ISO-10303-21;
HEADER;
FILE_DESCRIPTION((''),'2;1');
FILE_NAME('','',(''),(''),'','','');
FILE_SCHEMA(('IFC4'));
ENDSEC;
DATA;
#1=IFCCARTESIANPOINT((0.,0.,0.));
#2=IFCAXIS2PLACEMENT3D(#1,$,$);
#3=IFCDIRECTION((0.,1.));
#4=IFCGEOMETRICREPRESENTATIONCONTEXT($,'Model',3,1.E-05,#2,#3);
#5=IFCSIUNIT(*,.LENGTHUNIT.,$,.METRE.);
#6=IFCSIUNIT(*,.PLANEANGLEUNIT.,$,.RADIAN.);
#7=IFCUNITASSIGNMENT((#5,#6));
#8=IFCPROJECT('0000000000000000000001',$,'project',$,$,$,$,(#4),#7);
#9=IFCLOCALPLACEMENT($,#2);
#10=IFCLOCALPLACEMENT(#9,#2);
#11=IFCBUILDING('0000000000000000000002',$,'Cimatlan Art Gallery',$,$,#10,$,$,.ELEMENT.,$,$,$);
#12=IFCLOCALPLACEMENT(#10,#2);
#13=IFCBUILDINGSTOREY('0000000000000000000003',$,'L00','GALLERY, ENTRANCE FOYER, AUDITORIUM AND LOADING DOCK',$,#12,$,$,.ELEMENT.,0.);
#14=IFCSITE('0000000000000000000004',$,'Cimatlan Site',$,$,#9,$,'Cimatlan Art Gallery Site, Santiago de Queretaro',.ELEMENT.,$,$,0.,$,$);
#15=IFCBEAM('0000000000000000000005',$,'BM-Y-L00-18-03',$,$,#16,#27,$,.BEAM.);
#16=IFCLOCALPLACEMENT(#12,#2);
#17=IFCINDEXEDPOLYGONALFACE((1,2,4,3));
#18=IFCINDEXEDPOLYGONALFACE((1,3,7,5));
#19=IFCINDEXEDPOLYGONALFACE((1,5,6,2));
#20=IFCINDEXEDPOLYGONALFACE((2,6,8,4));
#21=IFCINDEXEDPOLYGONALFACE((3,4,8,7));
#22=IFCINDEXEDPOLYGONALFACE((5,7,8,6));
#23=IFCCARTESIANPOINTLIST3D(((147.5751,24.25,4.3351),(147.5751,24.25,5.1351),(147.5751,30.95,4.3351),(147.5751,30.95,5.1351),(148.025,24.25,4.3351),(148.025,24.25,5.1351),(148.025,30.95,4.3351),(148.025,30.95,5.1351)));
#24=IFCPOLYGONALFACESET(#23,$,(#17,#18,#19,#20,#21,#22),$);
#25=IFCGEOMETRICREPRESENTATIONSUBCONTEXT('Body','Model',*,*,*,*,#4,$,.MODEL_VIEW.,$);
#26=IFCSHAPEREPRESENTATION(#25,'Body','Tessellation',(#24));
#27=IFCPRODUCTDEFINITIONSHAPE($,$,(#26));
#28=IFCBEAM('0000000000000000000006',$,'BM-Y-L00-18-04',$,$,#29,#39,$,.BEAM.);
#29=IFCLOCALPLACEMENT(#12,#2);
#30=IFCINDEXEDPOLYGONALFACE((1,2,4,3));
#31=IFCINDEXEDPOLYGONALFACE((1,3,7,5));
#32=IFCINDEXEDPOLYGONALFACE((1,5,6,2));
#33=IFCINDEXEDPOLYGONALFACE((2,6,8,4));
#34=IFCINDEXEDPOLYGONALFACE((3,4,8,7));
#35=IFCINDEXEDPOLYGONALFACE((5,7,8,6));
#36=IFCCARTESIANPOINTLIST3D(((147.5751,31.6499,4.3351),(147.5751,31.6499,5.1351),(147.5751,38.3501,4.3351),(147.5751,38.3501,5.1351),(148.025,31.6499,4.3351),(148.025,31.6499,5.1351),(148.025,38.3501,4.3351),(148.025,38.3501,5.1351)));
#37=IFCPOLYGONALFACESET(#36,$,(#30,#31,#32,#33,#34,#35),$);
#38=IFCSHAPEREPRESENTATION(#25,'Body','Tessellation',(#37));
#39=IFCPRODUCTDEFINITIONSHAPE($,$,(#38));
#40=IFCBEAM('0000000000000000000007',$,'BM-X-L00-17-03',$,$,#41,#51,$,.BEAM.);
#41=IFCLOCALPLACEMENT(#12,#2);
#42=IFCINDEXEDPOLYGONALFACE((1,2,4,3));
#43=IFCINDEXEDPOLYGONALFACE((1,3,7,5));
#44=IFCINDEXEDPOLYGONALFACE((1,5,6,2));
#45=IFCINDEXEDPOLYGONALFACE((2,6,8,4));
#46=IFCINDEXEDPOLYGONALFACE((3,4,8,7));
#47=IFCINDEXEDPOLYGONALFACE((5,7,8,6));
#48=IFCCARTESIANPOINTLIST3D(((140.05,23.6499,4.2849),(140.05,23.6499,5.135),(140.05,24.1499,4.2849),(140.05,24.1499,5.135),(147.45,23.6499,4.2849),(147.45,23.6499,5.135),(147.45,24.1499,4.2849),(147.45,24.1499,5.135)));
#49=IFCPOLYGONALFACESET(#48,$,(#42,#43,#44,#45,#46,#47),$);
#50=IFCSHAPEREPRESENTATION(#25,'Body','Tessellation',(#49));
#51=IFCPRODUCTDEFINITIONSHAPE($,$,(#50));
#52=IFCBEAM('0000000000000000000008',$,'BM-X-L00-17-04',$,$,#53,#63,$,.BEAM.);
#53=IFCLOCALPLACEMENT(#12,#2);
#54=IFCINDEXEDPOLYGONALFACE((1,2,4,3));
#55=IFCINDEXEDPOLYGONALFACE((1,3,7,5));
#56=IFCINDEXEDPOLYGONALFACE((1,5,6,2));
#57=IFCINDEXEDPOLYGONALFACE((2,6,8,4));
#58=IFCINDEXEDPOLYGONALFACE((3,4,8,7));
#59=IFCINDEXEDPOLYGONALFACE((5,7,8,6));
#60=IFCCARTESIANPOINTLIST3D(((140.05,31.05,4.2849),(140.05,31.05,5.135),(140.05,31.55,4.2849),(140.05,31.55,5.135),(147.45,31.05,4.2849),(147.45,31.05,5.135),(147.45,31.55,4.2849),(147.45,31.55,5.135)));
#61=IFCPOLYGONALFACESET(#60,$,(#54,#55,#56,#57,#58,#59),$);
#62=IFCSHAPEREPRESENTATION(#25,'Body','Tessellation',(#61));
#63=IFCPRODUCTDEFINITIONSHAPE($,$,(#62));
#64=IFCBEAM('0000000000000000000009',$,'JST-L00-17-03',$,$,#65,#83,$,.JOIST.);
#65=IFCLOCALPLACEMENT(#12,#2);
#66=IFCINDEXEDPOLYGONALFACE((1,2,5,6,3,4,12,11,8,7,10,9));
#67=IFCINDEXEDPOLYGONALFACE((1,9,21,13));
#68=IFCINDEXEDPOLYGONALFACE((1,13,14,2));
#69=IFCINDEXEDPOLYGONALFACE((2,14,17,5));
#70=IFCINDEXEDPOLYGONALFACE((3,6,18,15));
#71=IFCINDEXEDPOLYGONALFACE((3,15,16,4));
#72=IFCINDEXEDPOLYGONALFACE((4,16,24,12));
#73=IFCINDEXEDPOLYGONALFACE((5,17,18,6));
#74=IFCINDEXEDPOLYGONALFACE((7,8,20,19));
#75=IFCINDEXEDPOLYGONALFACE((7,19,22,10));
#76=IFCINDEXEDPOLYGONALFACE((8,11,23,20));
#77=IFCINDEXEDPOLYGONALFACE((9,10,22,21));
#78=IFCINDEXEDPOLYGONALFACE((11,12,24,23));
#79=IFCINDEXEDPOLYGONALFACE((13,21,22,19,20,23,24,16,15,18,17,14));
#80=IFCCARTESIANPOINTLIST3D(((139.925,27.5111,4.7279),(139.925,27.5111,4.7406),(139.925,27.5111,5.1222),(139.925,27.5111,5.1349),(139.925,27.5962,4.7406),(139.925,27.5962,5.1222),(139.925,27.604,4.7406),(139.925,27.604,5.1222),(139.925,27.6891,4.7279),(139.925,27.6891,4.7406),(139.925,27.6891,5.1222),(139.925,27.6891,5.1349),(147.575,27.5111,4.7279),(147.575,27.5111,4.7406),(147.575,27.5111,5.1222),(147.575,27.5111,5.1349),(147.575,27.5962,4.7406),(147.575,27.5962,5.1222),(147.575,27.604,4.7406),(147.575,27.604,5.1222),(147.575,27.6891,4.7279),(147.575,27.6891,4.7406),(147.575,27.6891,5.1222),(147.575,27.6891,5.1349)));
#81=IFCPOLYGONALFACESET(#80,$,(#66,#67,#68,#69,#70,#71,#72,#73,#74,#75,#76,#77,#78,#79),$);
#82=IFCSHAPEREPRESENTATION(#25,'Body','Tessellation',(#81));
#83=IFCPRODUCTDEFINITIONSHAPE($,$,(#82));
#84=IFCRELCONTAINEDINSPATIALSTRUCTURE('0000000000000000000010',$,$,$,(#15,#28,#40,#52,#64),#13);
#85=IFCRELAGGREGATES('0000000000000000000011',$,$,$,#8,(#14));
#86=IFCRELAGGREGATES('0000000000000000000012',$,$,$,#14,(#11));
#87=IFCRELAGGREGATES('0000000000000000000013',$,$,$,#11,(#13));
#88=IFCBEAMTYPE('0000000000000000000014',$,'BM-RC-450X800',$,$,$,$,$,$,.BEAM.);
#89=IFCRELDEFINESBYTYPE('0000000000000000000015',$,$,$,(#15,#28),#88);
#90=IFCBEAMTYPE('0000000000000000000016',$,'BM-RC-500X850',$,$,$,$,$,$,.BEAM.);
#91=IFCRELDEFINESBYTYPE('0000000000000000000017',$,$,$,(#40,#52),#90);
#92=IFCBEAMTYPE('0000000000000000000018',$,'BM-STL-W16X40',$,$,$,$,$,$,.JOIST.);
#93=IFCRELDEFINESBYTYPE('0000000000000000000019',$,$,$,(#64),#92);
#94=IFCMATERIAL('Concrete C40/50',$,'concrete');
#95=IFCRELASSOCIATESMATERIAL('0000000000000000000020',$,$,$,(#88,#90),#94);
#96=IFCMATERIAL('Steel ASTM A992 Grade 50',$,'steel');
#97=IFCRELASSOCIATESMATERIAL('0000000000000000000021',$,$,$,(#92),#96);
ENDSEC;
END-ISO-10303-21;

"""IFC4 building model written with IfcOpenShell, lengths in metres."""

from ifc_helpers import new_model, si_unit, direction, frame, origin, origin_2d, place, context, subcontext, project, spatial, rectangle, i_section, extrude, material, material_profile, profile_set, type_object, element, save


model = new_model("IFC4")

# Units and contexts
model_context = context("Model", 3, precision=1e-05, world=origin(), true_north=direction((0.0, 1.0)))
body_context = subcontext(model_context, "Body", "Model", "MODEL_VIEW")
ifc_project = project(units=[si_unit("LENGTHUNIT", "METRE"), si_unit("PLANEANGLEUNIT", "RADIAN")], contexts=[model_context])

# Site, building, storey
site_placement = place(None, origin())
site = spatial("IfcSite", under=ifc_project, at=site_placement, Name="Cimatlan Site", LongName="Cimatlan Art Gallery Site, Santiago de Queretaro", CompositionType="ELEMENT", RefElevation=0.0)
building_placement = place(site_placement, origin())
building = spatial("IfcBuilding", under=site, at=building_placement, Name="Cimatlan Art Gallery", CompositionType="ELEMENT")
storey_placement = place(building_placement, origin())
storey = spatial("IfcBuildingStorey", under=building, at=storey_placement, Name="L00", Description="GALLERY, ENTRANCE FOYER, AUDITORIUM AND LOADING DOCK", CompositionType="ELEMENT", Elevation=0.0)

# Shared definitions
ifc_material_1 = material(Name="Concrete C40/50", Category="concrete")

# Beams
ifc_material_profile_1 = material_profile(ifc_material_1, rectangle(XDim=0.45, YDim=0.8, at=origin_2d()), Name="RC450X800")
ifc_profile_set_1 = profile_set([ifc_material_profile_1], Name="Concrete C40/50")
beam_type_1 = type_object("IfcBeamType", Name="BM-RC-450X800", PredefinedType="BEAM", material=ifc_profile_set_1)
beam_1_placement = place(storey_placement, frame((147.8, 24.25, 4.7351), z_axis=(0.0, 1.0, 0.0), x_axis=(-1.0, 0.0, 0.0)))
element("IfcBeam", 1, at=beam_1_placement, inside=storey, type_object=beam_type_1, Name="BM-Y-L00-18-03", PredefinedType="BEAM", context=body_context, shape_type="SweptSolid", body=[
    extrude(rectangle(XDim=0.45, YDim=0.8, at=origin_2d()), origin(), (0.0, 0.0, 1.0), 6.7),
])
beam_2_placement = place(storey_placement, frame((147.8, 31.6499, 4.7351), z_axis=(0.0, 1.0, 0.0), x_axis=(-1.0, 0.0, 0.0)))
element("IfcBeam", 2, at=beam_2_placement, inside=storey, type_object=beam_type_1, Name="BM-Y-L00-18-04", PredefinedType="BEAM", context=body_context, shape_type="SweptSolid", body=[
    extrude(rectangle(XDim=0.45, YDim=0.8, at=origin_2d()), origin(), (0.0, 0.0, 1.0), 6.7002),
])
ifc_material_profile_2 = material_profile(ifc_material_1, rectangle(XDim=0.5, YDim=0.8501, at=origin_2d()), Name="RC500X850")
ifc_profile_set_2 = profile_set([ifc_material_profile_2], Name="Concrete C40/50")
beam_type_2 = type_object("IfcBeamType", Name="BM-RC-500X850", PredefinedType="BEAM", material=ifc_profile_set_2)
for number, where, z_axis, x_axis, name in (
    (3, (140.05, 23.8999, 4.71), (1.0, 0.0, 0.0), (0.0, 1.0, 0.0), "BM-X-L00-17-03"),
    (4, (140.05, 31.3, 4.71), (1.0, 0.0, 0.0), (0.0, 1.0, 0.0), "BM-X-L00-17-04"),
):
    element("IfcBeam", number, at=place(storey_placement, frame(where, z_axis=z_axis, x_axis=x_axis)), inside=storey, type_object=beam_type_2, Name=name, PredefinedType="BEAM", context=body_context, shape_type="SweptSolid", body=[
        extrude(rectangle(XDim=0.5, YDim=0.8501, at=origin_2d()), origin(), (0.0, 0.0, 1.0), 7.3999),
    ])
ifc_material_2 = material(Name="Steel ASTM A992 Grade 50", Category="steel")
ifc_material_profile_3 = material_profile(ifc_material_2, i_section(OverallWidth=0.178, OverallDepth=0.407, WebThickness=0.0078, FlangeThickness=0.0127, at=origin_2d()), Name="W16X40")
ifc_profile_set_3 = profile_set([ifc_material_profile_3], Name="Steel ASTM A992 Grade 50")
beam_type_3 = type_object("IfcBeamType", Name="BM-STL-W16X40", PredefinedType="JOIST", material=ifc_profile_set_3)
beam_3_placement = place(storey_placement, frame((139.925, 27.6001, 4.9314), z_axis=(1.0, 0.0, 0.0), x_axis=(0.0, 1.0, 0.0)))
element("IfcBeam", 5, at=beam_3_placement, inside=storey, type_object=beam_type_3, Name="JST-L00-17-03", PredefinedType="JOIST", context=body_context, shape_type="SweptSolid", body=[
    extrude(i_section(OverallWidth=0.178, OverallDepth=0.407, WebThickness=0.0078, FlangeThickness=0.0127, at=origin_2d()), origin(), (0.0, 0.0, 1.0), 7.6499),
])

save(model, "model.ifc")
